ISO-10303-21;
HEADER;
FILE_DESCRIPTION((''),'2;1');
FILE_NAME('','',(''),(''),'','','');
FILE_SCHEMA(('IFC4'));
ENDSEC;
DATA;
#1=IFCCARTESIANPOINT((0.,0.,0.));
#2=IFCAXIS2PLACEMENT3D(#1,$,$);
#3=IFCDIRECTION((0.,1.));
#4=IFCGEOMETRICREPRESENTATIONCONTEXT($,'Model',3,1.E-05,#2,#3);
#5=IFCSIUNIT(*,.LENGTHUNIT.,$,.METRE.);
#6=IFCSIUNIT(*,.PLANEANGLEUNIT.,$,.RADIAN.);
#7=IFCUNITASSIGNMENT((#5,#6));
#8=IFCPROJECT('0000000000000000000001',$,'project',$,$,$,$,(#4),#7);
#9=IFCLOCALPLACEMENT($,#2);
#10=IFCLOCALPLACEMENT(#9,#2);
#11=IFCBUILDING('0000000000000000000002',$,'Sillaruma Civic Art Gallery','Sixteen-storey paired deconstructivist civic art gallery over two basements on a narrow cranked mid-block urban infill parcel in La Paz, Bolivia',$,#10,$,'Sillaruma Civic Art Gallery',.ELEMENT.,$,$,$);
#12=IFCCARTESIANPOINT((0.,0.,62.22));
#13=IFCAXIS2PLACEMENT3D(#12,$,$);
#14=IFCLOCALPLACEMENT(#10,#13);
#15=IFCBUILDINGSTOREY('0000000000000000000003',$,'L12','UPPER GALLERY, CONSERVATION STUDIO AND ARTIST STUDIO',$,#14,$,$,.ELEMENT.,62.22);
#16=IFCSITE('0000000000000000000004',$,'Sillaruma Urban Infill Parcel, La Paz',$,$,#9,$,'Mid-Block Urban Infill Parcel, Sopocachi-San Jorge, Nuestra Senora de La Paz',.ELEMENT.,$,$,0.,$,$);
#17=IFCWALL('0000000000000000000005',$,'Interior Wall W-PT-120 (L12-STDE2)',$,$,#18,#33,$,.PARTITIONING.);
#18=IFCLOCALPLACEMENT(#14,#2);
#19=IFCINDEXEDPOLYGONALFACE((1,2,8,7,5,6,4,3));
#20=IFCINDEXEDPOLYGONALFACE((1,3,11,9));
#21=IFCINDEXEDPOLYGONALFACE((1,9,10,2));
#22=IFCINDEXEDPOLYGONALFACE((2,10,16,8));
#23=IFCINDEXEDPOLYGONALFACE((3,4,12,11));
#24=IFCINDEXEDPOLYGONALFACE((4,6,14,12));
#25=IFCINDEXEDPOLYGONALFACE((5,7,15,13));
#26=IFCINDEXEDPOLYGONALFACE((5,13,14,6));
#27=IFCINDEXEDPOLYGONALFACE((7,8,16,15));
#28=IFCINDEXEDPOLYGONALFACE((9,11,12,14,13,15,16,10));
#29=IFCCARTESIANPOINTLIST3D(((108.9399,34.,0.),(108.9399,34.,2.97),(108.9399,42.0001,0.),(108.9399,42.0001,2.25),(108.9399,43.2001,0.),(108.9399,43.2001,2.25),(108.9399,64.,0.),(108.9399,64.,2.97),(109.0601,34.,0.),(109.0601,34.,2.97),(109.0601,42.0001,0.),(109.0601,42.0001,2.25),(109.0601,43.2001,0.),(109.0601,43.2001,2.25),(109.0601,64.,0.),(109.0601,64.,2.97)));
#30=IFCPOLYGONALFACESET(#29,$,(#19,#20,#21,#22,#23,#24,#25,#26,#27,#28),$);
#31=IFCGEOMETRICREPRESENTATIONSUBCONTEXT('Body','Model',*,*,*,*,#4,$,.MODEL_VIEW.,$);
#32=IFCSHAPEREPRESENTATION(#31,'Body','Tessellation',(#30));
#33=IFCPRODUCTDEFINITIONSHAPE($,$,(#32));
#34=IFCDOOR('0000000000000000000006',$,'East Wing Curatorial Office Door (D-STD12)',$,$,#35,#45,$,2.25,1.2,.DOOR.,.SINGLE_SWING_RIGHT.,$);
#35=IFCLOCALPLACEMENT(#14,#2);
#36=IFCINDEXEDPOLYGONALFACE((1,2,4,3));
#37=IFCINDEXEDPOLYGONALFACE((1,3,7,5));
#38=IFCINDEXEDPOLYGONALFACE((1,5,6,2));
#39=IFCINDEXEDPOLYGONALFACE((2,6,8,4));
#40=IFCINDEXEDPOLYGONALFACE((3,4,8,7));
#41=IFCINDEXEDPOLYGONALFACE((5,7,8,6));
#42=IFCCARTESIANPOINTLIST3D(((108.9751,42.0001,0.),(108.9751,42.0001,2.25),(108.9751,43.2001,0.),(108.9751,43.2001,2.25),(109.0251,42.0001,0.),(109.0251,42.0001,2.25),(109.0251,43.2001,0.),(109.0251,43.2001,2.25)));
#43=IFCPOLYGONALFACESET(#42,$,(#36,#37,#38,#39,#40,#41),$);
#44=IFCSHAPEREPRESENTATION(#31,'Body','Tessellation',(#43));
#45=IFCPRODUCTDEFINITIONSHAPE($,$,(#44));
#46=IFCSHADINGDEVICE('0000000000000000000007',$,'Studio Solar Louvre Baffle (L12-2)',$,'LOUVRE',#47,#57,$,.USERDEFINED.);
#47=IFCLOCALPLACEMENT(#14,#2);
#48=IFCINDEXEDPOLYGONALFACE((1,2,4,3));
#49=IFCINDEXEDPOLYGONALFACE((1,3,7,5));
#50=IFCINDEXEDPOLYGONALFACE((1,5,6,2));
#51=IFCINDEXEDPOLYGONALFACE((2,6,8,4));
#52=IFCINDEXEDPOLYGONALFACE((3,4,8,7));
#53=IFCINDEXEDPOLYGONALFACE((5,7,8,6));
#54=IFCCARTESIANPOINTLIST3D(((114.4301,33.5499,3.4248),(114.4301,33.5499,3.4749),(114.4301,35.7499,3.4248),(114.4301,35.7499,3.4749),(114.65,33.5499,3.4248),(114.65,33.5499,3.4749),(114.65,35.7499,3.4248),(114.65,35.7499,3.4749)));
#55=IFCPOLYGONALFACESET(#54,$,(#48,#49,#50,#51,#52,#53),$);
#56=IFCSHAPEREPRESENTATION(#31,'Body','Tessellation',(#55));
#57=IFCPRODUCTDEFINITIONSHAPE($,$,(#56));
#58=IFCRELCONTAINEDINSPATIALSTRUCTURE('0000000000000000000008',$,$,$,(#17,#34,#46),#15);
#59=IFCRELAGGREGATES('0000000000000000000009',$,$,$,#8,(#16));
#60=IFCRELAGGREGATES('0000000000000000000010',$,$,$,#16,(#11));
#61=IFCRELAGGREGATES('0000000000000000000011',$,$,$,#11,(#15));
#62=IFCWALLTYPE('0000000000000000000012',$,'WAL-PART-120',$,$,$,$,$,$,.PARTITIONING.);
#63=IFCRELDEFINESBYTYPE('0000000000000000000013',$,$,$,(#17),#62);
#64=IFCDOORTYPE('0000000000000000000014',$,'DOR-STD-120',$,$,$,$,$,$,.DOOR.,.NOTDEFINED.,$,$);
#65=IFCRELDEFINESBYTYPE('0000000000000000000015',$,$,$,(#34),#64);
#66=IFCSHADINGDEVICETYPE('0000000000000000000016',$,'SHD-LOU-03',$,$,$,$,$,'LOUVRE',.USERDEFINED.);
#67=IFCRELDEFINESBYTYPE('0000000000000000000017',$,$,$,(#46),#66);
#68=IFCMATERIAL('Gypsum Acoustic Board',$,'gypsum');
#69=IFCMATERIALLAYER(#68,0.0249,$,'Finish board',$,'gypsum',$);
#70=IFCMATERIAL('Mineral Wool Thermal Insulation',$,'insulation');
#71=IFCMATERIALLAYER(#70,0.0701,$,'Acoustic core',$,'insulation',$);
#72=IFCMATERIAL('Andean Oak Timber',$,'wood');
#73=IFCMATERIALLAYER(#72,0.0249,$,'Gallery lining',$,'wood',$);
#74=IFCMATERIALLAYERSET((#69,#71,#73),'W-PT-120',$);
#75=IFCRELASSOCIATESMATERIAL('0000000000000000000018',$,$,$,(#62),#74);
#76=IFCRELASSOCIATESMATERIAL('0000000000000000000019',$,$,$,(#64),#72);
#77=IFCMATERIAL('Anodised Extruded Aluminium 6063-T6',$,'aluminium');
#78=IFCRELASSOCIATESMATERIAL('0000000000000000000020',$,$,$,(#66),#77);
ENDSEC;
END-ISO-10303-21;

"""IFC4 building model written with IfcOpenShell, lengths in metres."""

from ifc_helpers import new_model, si_unit, direction, frame, frame_2d, origin, origin_2d, place, context, subcontext, project, spatial, rectangle, extrude, material, layer, layer_set, type_object, element, fill, save


model = new_model("IFC4")

# Units and contexts
model_context = context("Model", 3, precision=1e-05, world=origin(), true_north=direction((0.0, 1.0)))
body_context = subcontext(model_context, "Body", "Model", "MODEL_VIEW")
ifc_project = project(units=[si_unit("LENGTHUNIT", "METRE"), si_unit("PLANEANGLEUNIT", "RADIAN")], contexts=[model_context])

# Site, building, storey
site_placement = place(None, origin())
site = spatial("IfcSite", under=ifc_project, at=site_placement, Name="Sillaruma Urban Infill Parcel, La Paz", LongName="Mid-Block Urban Infill Parcel, Sopocachi-San Jorge, Nuestra Senora de La Paz", CompositionType="ELEMENT", RefElevation=0.0)
building_placement = place(site_placement, origin())
building = spatial("IfcBuilding", under=site, at=building_placement, Name="Sillaruma Civic Art Gallery", Description="Sixteen-storey paired deconstructivist civic art gallery over two basements on a narrow cranked mid-block urban infill parcel in La Paz, Bolivia", LongName="Sillaruma Civic Art Gallery", CompositionType="ELEMENT")
storey_placement = place(building_placement, frame((0.0, 0.0, 62.22)))
storey = spatial("IfcBuildingStorey", under=building, at=storey_placement, Name="L12", Description="UPPER GALLERY, CONSERVATION STUDIO AND ARTIST STUDIO", CompositionType="ELEMENT", Elevation=62.22)

# Shared definitions
ifc_material_1 = material(Name="Mineral Wool Thermal Insulation", Category="insulation")

# Wall, opening, door
ifc_material_2 = material(Name="Gypsum Acoustic Board", Category="gypsum")
ifc_layer_1 = layer(ifc_material_2, 0.0249, Name="Finish board", Category="gypsum")
ifc_layer_2 = layer(ifc_material_1, 0.0701, Name="Acoustic core", Category="insulation")
ifc_material_3 = material(Name="Andean Oak Timber", Category="wood")
ifc_layer_3 = layer(ifc_material_3, 0.0249, Name="Gallery lining", Category="wood")
ifc_layer_set_1 = layer_set([ifc_layer_1, ifc_layer_2, ifc_layer_3], Name="W-PT-120")
wall_type_1 = type_object("IfcWallType", Name="WAL-PART-120", PredefinedType="PARTITIONING", material=ifc_layer_set_1)
wall_1_placement = place(storey_placement, frame((109.0, 34.0, 0.0), z_axis=(0.0, 0.0, 1.0), x_axis=(0.0, 1.0, 0.0)))
wall_1 = element("IfcWall", 1, at=wall_1_placement, inside=storey, type_object=wall_type_1, Name="Interior Wall W-PT-120 (L12-STDE2)", PredefinedType="PARTITIONING", context=body_context, shape_type="SweptSolid", body=[
    extrude(rectangle(XDim=30.0, YDim=0.1201, at=frame_2d((15.0, 0.0))), origin(), (0.0, 0.0, 1.0), 2.97),
])
opening_1_placement = place(wall_1_placement, frame((8.0, 0.0, 0.0)))
opening_1 = element("IfcOpeningElement", 2, at=opening_1_placement, cuts=wall_1, PredefinedType="OPENING", context=body_context, shape_type="SweptSolid", body=[
    extrude(rectangle(XDim=1.2, YDim=2.25, at=frame_2d((0.6001, 1.125))), frame((0.0, 0.0701, 0.0), z_axis=(0.0, -1.0, 0.0), x_axis=(1.0, 0.0, 0.0)), (0.0, 0.0, 1.0), 0.1401),
])
door_type = type_object("IfcDoorType", Name="DOR-STD-120", OperationType="NOTDEFINED", PredefinedType="DOOR", material=ifc_material_3)
door_placement = place(opening_1_placement, origin())
door = element("IfcDoor", 3, at=door_placement, inside=storey, type_object=door_type, Name="East Wing Curatorial Office Door (D-STD12)", OperationType="SINGLE_SWING_RIGHT", OverallHeight=2.25, OverallWidth=1.2, PredefinedType="DOOR", context=body_context, shape_type="SweptSolid", body=[
    extrude(rectangle(XDim=1.2, YDim=2.25, at=frame_2d((0.6001, 1.125))), frame((0.0, 0.0249, 0.0), z_axis=(0.0, -1.0, 0.0), x_axis=(1.0, 0.0, 0.0)), (0.0, 0.0, 1.0), 0.05),
])
fill(opening_1, door)

# Shading device
ifc_material_4 = material(Name="Anodised Extruded Aluminium 6063-T6", Category="aluminium")
shading_device_type = type_object("IfcShadingDeviceType", Name="SHD-LOU-03", ElementType="LOUVRE", PredefinedType="USERDEFINED", material=ifc_material_4)
shading_device_placement = place(storey_placement, frame((114.54, 34.6499, 3.4248), z_axis=(0.0, 0.0, 1.0), x_axis=(0.0, 1.0, 0.0)))
element("IfcShadingDevice", 4, at=shading_device_placement, inside=storey, type_object=shading_device_type, Name="Studio Solar Louvre Baffle (L12-2)", ObjectType="LOUVRE", PredefinedType="USERDEFINED", context=body_context, shape_type="SweptSolid", body=[
    extrude(rectangle(XDim=2.2, YDim=0.22, at=origin_2d()), origin(), (0.0, 0.0, 1.0), 0.05),
])

save(model, "model.ifc")
